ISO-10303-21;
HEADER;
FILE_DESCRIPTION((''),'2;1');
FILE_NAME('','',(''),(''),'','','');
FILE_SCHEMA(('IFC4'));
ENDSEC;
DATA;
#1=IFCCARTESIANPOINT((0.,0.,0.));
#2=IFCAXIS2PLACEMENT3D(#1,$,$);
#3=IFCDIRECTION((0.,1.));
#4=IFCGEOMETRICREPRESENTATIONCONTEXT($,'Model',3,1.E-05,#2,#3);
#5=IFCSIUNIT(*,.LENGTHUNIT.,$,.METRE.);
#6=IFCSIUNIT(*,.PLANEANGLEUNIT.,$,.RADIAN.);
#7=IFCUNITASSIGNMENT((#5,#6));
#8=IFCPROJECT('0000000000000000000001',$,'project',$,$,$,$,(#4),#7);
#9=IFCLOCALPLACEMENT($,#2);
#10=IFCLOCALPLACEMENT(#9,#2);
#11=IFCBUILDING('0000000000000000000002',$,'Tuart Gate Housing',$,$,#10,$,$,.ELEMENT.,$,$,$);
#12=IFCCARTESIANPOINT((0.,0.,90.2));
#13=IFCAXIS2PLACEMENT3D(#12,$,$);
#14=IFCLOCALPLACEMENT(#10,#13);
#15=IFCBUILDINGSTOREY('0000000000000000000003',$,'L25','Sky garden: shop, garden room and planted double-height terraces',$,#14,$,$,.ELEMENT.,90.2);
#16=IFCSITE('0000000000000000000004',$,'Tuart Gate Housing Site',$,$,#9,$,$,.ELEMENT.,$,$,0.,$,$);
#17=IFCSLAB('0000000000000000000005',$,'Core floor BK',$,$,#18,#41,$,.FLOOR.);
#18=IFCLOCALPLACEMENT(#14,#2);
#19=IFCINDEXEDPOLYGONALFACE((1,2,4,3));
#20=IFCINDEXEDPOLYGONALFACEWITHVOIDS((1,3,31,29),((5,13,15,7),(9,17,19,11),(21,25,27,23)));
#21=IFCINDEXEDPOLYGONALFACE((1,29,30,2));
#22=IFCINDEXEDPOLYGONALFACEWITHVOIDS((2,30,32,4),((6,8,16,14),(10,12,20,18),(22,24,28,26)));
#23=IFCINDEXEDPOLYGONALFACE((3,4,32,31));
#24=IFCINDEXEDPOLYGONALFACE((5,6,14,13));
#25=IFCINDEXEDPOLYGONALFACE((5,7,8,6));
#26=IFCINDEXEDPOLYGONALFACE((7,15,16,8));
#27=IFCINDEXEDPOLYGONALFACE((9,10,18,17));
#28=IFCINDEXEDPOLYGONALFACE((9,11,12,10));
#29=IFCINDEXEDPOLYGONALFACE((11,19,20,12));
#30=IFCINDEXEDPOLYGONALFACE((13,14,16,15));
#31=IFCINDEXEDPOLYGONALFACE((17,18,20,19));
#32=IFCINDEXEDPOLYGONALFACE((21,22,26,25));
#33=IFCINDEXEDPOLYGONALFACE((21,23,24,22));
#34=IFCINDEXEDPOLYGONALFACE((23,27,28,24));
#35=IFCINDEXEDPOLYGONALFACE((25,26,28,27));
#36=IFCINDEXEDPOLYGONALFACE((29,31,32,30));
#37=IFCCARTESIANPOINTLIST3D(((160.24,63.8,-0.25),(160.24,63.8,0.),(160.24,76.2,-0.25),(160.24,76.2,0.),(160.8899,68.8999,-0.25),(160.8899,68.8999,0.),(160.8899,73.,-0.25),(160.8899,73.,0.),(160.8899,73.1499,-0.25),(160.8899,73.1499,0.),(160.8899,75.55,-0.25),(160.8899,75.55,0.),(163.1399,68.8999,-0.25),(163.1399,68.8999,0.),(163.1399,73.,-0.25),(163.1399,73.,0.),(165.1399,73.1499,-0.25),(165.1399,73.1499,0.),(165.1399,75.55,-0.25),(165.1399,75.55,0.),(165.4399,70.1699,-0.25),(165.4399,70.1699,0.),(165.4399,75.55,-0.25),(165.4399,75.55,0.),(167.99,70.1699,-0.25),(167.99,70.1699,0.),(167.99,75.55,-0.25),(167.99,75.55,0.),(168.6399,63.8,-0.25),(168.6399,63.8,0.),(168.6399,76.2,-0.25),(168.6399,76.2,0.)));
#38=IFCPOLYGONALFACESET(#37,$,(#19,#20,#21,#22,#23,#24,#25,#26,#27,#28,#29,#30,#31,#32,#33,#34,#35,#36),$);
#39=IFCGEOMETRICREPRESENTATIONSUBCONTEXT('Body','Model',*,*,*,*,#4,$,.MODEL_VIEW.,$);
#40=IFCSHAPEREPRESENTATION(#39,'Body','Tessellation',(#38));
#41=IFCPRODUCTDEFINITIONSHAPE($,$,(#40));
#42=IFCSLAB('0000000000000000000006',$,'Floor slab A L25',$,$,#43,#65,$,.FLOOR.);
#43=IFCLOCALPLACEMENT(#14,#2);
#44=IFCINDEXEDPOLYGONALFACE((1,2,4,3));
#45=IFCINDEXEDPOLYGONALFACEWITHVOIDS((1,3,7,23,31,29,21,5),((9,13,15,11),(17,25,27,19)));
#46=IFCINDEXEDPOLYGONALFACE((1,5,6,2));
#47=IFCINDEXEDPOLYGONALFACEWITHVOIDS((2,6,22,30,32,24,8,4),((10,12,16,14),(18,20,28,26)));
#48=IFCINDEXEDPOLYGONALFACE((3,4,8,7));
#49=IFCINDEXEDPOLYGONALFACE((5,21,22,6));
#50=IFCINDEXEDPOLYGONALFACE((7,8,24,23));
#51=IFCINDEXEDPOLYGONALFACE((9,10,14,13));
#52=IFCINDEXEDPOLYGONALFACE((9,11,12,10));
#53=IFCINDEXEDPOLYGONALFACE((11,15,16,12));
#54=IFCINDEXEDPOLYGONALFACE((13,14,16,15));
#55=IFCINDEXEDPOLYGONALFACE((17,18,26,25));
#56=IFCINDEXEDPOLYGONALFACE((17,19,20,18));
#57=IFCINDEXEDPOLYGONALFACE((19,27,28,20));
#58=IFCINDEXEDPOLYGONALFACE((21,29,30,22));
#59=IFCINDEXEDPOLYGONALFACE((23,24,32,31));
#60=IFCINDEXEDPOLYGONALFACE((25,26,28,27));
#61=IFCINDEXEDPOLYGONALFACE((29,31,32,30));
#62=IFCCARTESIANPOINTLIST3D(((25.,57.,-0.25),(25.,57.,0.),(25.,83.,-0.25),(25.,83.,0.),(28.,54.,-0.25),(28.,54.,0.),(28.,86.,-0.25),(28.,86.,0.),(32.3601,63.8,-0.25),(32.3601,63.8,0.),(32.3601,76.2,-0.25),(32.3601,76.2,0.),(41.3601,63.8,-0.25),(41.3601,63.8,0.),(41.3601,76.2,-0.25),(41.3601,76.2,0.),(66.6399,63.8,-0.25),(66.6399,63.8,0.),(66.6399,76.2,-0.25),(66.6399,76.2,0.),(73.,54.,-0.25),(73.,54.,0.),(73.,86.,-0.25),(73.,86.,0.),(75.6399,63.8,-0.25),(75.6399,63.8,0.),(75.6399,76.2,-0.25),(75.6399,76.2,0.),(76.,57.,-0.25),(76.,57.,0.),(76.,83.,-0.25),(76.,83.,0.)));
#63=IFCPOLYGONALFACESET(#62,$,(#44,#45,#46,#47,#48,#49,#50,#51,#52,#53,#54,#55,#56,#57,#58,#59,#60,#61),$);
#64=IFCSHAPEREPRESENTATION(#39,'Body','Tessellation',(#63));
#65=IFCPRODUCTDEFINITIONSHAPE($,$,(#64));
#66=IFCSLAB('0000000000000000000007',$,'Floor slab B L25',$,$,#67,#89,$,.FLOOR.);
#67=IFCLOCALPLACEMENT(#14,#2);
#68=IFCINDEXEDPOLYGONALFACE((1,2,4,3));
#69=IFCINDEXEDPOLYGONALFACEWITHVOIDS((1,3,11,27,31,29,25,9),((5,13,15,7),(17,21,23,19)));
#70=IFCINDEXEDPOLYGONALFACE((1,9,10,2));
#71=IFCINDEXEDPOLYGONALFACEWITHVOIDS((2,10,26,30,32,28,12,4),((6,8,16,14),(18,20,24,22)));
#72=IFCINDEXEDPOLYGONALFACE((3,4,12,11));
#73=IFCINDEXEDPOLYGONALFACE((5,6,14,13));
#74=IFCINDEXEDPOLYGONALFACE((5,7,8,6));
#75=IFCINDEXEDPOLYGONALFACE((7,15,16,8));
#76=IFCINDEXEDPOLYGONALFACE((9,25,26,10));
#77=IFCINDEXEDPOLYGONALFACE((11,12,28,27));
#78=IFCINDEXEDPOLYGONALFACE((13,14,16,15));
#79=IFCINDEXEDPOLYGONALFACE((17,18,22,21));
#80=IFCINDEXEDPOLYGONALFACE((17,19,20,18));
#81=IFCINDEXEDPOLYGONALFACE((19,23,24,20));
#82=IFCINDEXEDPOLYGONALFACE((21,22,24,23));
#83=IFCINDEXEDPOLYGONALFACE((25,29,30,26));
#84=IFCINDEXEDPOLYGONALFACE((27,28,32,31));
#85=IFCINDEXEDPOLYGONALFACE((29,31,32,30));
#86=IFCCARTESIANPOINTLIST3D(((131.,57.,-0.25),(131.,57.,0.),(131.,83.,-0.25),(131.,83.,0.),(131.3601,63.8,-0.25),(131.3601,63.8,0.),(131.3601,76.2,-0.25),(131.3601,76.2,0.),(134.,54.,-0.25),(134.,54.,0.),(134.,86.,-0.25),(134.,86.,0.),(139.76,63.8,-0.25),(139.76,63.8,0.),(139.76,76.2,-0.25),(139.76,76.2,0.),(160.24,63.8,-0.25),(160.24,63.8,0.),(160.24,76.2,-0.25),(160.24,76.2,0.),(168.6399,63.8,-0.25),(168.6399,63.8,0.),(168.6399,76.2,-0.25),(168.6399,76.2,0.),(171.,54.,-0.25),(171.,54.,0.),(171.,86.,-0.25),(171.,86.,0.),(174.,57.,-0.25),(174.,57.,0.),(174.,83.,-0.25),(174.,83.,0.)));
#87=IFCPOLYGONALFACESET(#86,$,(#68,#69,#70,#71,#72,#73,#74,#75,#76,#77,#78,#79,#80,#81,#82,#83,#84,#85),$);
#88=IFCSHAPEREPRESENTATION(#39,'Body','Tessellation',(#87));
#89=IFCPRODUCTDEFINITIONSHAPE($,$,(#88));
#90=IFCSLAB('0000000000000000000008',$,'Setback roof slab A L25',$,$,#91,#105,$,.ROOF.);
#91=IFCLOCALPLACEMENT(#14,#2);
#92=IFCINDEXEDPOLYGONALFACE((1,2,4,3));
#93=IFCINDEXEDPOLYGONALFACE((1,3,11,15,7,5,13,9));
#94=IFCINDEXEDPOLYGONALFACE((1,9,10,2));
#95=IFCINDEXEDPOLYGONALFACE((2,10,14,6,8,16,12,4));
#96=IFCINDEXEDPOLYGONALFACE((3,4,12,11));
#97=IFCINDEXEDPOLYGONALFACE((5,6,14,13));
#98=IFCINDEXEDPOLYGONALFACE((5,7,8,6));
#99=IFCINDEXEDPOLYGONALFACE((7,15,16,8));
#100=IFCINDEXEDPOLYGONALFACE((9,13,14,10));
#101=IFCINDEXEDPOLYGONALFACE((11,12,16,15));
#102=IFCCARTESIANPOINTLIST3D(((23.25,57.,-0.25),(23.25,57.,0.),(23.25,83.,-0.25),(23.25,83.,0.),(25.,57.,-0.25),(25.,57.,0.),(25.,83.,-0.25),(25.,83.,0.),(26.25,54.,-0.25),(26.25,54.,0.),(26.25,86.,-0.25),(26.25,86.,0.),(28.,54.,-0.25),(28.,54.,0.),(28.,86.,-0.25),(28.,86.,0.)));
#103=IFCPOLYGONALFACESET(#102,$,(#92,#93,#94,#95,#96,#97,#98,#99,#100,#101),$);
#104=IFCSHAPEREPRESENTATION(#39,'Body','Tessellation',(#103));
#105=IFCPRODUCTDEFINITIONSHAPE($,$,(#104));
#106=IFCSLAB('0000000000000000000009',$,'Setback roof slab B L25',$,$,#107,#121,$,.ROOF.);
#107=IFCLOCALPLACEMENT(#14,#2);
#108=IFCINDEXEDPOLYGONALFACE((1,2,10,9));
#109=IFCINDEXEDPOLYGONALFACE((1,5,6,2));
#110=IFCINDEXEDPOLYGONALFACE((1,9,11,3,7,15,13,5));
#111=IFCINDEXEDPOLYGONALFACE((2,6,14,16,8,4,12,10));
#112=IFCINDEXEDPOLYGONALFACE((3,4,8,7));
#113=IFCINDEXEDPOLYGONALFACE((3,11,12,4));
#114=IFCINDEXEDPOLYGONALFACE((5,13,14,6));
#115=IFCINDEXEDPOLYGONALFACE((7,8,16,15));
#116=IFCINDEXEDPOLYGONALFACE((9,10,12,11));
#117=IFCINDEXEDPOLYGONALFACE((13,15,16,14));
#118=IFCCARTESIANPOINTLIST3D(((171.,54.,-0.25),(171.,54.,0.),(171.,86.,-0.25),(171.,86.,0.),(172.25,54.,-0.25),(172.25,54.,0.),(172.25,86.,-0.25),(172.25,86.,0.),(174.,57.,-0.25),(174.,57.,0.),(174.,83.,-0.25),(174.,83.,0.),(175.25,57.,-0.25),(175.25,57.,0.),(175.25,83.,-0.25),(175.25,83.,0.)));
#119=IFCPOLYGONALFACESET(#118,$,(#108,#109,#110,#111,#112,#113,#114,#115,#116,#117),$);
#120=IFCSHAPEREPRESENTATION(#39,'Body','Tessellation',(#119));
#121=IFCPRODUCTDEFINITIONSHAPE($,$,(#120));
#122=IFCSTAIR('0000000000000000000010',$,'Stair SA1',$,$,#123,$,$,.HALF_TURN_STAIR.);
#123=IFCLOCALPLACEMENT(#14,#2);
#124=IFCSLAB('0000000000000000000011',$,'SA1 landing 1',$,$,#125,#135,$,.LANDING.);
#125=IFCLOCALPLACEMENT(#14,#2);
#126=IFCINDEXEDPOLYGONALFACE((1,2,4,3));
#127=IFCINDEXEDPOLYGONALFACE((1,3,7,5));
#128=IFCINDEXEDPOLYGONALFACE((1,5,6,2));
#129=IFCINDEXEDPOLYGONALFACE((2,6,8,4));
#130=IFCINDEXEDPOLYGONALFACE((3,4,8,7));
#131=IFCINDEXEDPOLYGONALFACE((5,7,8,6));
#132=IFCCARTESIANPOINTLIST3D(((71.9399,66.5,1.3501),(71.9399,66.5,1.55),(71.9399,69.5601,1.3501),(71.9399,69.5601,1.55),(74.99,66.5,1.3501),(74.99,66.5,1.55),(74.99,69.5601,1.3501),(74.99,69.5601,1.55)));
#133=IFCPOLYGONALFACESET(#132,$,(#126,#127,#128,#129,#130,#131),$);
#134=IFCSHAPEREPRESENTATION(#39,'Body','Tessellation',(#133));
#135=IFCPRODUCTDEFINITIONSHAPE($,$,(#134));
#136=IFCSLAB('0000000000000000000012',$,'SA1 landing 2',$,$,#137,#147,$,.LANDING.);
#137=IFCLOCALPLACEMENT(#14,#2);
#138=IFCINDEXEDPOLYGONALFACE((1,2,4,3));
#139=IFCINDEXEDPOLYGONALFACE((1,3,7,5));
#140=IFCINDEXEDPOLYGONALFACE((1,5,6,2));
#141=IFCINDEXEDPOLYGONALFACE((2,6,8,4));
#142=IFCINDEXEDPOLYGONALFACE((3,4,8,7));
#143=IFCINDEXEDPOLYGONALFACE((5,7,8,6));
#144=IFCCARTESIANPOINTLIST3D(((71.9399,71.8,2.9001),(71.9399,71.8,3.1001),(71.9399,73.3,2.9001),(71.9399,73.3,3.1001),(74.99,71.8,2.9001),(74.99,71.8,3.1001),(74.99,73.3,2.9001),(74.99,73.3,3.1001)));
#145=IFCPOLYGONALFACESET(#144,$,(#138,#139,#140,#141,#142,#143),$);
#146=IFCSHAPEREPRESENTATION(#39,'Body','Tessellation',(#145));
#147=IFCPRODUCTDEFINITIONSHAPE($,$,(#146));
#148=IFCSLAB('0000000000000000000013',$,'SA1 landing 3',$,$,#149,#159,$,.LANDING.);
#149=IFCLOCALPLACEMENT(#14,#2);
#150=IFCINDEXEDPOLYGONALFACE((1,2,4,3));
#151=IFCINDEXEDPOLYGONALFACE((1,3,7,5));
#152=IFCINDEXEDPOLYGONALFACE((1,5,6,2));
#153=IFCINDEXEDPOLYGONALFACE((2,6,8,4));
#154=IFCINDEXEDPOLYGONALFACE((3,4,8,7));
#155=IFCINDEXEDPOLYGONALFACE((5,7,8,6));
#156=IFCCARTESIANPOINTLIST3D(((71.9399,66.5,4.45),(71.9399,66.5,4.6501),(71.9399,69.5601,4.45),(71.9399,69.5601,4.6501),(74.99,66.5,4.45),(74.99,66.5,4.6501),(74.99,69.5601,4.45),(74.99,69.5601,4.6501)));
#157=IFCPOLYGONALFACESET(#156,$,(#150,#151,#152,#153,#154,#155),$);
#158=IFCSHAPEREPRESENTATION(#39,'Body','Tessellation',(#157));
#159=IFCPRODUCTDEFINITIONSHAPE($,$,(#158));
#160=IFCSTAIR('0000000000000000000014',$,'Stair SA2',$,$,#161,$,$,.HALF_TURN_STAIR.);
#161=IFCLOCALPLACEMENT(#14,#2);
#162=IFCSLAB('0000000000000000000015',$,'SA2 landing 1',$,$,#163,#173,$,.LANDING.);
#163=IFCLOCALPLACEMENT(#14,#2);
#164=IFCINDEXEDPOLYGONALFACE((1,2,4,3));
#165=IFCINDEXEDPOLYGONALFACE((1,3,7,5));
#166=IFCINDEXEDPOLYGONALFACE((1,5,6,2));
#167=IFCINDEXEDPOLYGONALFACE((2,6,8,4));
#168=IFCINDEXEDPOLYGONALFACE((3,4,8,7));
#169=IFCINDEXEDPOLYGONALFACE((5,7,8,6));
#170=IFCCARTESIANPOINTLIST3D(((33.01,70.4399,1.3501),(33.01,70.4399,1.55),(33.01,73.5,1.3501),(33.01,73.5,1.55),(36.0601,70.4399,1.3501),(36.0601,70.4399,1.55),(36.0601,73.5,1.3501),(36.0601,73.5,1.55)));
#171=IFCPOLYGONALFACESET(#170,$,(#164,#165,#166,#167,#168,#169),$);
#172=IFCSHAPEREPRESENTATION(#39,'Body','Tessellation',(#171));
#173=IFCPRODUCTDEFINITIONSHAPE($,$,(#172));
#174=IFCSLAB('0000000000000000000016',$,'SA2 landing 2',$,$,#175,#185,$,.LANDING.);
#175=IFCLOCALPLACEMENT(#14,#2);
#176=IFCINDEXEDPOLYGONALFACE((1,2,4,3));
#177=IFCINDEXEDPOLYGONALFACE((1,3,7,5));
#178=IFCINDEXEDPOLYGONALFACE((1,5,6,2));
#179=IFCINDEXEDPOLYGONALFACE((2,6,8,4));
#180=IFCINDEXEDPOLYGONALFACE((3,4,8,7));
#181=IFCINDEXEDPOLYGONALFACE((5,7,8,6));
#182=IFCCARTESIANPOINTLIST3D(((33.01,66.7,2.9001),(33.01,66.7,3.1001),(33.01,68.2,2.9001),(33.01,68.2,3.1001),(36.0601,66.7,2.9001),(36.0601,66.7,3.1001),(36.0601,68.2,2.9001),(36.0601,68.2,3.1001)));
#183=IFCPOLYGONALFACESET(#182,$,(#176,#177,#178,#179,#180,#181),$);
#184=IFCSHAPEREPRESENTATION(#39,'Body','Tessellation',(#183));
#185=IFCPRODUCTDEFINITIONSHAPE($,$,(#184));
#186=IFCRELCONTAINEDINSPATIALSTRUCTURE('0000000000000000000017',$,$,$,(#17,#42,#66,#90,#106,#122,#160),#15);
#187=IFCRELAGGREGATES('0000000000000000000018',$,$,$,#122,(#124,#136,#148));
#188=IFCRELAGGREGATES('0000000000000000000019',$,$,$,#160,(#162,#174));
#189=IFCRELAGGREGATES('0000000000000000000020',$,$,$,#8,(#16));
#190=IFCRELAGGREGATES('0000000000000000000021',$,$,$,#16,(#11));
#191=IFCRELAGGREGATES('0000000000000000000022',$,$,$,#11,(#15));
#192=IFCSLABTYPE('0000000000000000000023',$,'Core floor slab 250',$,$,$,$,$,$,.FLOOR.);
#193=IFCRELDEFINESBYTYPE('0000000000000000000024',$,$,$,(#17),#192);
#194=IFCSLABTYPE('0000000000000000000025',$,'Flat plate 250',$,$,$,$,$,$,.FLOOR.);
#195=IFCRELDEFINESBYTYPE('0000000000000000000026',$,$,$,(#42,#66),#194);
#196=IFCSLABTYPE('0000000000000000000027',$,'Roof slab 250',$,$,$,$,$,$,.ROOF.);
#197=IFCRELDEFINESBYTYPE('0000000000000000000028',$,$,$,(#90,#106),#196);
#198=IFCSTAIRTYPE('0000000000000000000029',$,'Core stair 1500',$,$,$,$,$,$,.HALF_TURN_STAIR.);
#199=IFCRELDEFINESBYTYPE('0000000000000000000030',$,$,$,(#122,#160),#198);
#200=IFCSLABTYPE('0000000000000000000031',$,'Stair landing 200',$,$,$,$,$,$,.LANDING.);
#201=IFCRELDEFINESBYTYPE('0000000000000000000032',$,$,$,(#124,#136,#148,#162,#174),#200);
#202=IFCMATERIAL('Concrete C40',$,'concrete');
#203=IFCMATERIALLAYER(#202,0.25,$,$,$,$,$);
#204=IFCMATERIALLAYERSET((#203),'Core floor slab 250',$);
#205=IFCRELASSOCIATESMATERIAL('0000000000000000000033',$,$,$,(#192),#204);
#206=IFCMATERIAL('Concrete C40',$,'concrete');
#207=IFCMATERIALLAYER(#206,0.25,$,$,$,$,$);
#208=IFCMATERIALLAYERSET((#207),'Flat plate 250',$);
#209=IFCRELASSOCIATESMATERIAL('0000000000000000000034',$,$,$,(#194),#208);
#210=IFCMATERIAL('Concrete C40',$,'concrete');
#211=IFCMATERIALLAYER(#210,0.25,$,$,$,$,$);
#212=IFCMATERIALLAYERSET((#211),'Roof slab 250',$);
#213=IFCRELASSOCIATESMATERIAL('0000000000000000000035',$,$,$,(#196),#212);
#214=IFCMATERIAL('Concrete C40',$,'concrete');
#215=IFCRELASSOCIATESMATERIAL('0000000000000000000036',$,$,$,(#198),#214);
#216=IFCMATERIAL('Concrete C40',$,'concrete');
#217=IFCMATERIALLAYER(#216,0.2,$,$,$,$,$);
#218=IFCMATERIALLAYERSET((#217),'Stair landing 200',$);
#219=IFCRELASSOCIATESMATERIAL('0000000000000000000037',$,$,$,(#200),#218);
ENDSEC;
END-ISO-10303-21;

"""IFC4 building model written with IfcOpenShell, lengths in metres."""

from ifc_helpers import new_model, si_unit, direction, frame, origin, place, context, subcontext, project, spatial, polyline, outline, extrude, material, layer, layer_set, type_object, element, aggregate, save


model = new_model("IFC4")

# Units and contexts
model_context = context("Model", 3, precision=1e-05, world=origin(), true_north=direction((0.0, 1.0)))
body_context = subcontext(model_context, "Body", "Model", "MODEL_VIEW")
ifc_project = project(units=[si_unit("LENGTHUNIT", "METRE"), si_unit("PLANEANGLEUNIT", "RADIAN")], contexts=[model_context])

# Site, building, storey
site_placement = place(None, origin())
site = spatial("IfcSite", under=ifc_project, at=site_placement, Name="Tuart Gate Housing Site", CompositionType="ELEMENT", RefElevation=0.0)
building_placement = place(site_placement, origin())
building = spatial("IfcBuilding", under=site, at=building_placement, Name="Tuart Gate Housing", CompositionType="ELEMENT")
storey_placement = place(building_placement, frame((0.0, 0.0, 90.2)))
storey = spatial("IfcBuildingStorey", under=building, at=storey_placement, Name="L25", Description="Sky garden: shop, garden room and planted double-height terraces", CompositionType="ELEMENT", Elevation=90.2)

# Slabs
ifc_material_1 = material(Name="Concrete C40", Category="concrete")
ifc_layer_1 = layer(ifc_material_1, 0.25)
ifc_layer_set_1 = layer_set([ifc_layer_1], Name="Core floor slab 250")
slab_type_1 = type_object("IfcSlabType", Name="Core floor slab 250", PredefinedType="FLOOR", material=ifc_layer_set_1)
slab_1_placement = place(storey_placement, frame((0.0, 0.0, -0.25)))
element("IfcSlab", 1, at=slab_1_placement, inside=storey, type_object=slab_type_1, Name="Core floor BK", PredefinedType="FLOOR", context=body_context, shape_type="SweptSolid", body=[
    extrude(outline(polyline([(160.24, 63.8), (168.6399, 63.8), (168.6399, 76.2), (160.24, 76.2), (160.24, 63.8)]), holes=[polyline([(160.8899, 73.1499), (165.1399, 73.1499), (165.1399, 75.55), (160.8899, 75.55), (160.8899, 73.1499)]), polyline([(160.8899, 68.8999), (163.1399, 68.8999), (163.1399, 73.0), (160.8899, 73.0), (160.8899, 68.8999)]), polyline([(165.4399, 70.1699), (167.99, 70.1699), (167.99, 75.55), (165.4399, 75.55), (165.4399, 70.1699)])]), origin(), (0.0, 0.0, 1.0), 0.25),
])
ifc_material_2 = material(Name="Concrete C40", Category="concrete")
ifc_layer_2 = layer(ifc_material_2, 0.25)
ifc_layer_set_2 = layer_set([ifc_layer_2], Name="Flat plate 250")
slab_type_2 = type_object("IfcSlabType", Name="Flat plate 250", PredefinedType="FLOOR", material=ifc_layer_set_2)
slab_2_placement = place(storey_placement, frame((0.0, 0.0, -0.25)))
element("IfcSlab", 2, at=slab_2_placement, inside=storey, type_object=slab_type_2, Name="Floor slab A L25", PredefinedType="FLOOR", context=body_context, shape_type="SweptSolid", body=[
    extrude(outline(polyline([(28.0, 86.0), (25.0, 83.0), (25.0, 57.0), (28.0, 54.0), (73.0, 54.0), (76.0, 57.0), (76.0, 83.0), (73.0, 86.0), (28.0, 86.0)]), holes=[polyline([(66.6399, 76.2), (75.6399, 76.2), (75.6399, 63.8), (66.6399, 63.8), (66.6399, 76.2)]), polyline([(41.3601, 76.2), (41.3601, 63.8), (32.3601, 63.8), (32.3601, 76.2), (41.3601, 76.2)])]), origin(), (0.0, 0.0, 1.0), 0.25),
])
slab_3_placement = place(storey_placement, frame((0.0, 0.0, -0.25)))
element("IfcSlab", 3, at=slab_3_placement, inside=storey, type_object=slab_type_2, Name="Floor slab B L25", PredefinedType="FLOOR", context=body_context, shape_type="SweptSolid", body=[
    extrude(outline(polyline([(134.0, 86.0), (131.0, 83.0), (131.0, 57.0), (134.0, 54.0), (171.0, 54.0), (174.0, 57.0), (174.0, 83.0), (171.0, 86.0), (134.0, 86.0)]), holes=[polyline([(131.3601, 76.2), (139.76, 76.2), (139.76, 63.8), (131.3601, 63.8), (131.3601, 76.2)]), polyline([(168.6399, 76.2), (168.6399, 63.8), (160.24, 63.8), (160.24, 76.2), (168.6399, 76.2)])]), origin(), (0.0, 0.0, 1.0), 0.25),
])
ifc_material_3 = material(Name="Concrete C40", Category="concrete")
ifc_layer_3 = layer(ifc_material_3, 0.25)
ifc_layer_set_3 = layer_set([ifc_layer_3], Name="Roof slab 250")
slab_type_3 = type_object("IfcSlabType", Name="Roof slab 250", PredefinedType="ROOF", material=ifc_layer_set_3)
slab_4_placement = place(storey_placement, frame((0.0, 0.0, -0.25)))
element("IfcSlab", 4, at=slab_4_placement, inside=storey, type_object=slab_type_3, Name="Setback roof slab A L25", PredefinedType="ROOF", context=body_context, shape_type="SweptSolid", body=[
    extrude(outline(polyline([(26.25, 54.0), (28.0, 54.0), (25.0, 57.0), (25.0, 83.0), (28.0, 86.0), (26.25, 86.0), (23.25, 83.0), (23.25, 57.0), (26.25, 54.0)])), origin(), (0.0, 0.0, 1.0), 0.25),
])
slab_5_placement = place(storey_placement, frame((0.0, 0.0, -0.25)))
element("IfcSlab", 5, at=slab_5_placement, inside=storey, type_object=slab_type_3, Name="Setback roof slab B L25", PredefinedType="ROOF", context=body_context, shape_type="SweptSolid", body=[
    extrude(outline(polyline([(172.25, 86.0), (171.0, 86.0), (174.0, 83.0), (174.0, 57.0), (171.0, 54.0), (172.25, 54.0), (175.25, 57.0), (175.25, 83.0), (172.25, 86.0)])), origin(), (0.0, 0.0, 1.0), 0.25),
])

# Stairs, slabs
ifc_material_4 = material(Name="Concrete C40", Category="concrete")
stair_type_1 = type_object("IfcStairType", Name="Core stair 1500", PredefinedType="HALF_TURN_STAIR", material=ifc_material_4)
stair_1_placement = place(storey_placement, origin())
stair_1 = element("IfcStair", 6, at=stair_1_placement, inside=storey, type_object=stair_type_1, Name="Stair SA1", PredefinedType="HALF_TURN_STAIR")
ifc_material_5 = material(Name="Concrete C40", Category="concrete")
ifc_layer_4 = layer(ifc_material_5, 0.2)
ifc_layer_set_4 = layer_set([ifc_layer_4], Name="Stair landing 200")
slab_type_4 = type_object("IfcSlabType", Name="Stair landing 200", PredefinedType="LANDING", material=ifc_layer_set_4)
slab_6_placement = place(storey_placement, frame((0.0, 0.0, 1.3501)))
slab_6 = element("IfcSlab", 7, at=slab_6_placement, type_object=slab_type_4, Name="SA1 landing 1", PredefinedType="LANDING", context=body_context, shape_type="SweptSolid", body=[
    extrude(outline(polyline([(71.9399, 66.5), (74.99, 66.5), (74.99, 69.5601), (71.9399, 69.5601), (71.9399, 66.5)])), origin(), (0.0, 0.0, 1.0), 0.2),
])
slab_7_placement = place(storey_placement, frame((0.0, 0.0, 2.9001)))
slab_7 = element("IfcSlab", 8, at=slab_7_placement, type_object=slab_type_4, Name="SA1 landing 2", PredefinedType="LANDING", context=body_context, shape_type="SweptSolid", body=[
    extrude(outline(polyline([(71.9399, 73.3), (71.9399, 71.8), (74.99, 71.8), (74.99, 73.3), (71.9399, 73.3)])), origin(), (0.0, 0.0, 1.0), 0.2),
])
slab_8_placement = place(storey_placement, frame((0.0, 0.0, 4.45)))
slab_8 = element("IfcSlab", 9, at=slab_8_placement, type_object=slab_type_4, Name="SA1 landing 3", PredefinedType="LANDING", context=body_context, shape_type="SweptSolid", body=[
    extrude(outline(polyline([(71.9399, 66.5), (74.99, 66.5), (74.99, 69.5601), (71.9399, 69.5601), (71.9399, 66.5)])), origin(), (0.0, 0.0, 1.0), 0.2002),
])
aggregate(stair_1, [slab_6, slab_7, slab_8])
stair_2_placement = place(storey_placement, origin())
stair_2 = element("IfcStair", 10, at=stair_2_placement, inside=storey, type_object=stair_type_1, Name="Stair SA2", PredefinedType="HALF_TURN_STAIR")
slab_9_placement = place(storey_placement, frame((0.0, 0.0, 1.3501)))
slab_9 = element("IfcSlab", 11, at=slab_9_placement, type_object=slab_type_4, Name="SA2 landing 1", PredefinedType="LANDING", context=body_context, shape_type="SweptSolid", body=[
    extrude(outline(polyline([(36.0601, 73.5), (33.01, 73.5), (33.01, 70.4399), (36.0601, 70.4399), (36.0601, 73.5)])), origin(), (0.0, 0.0, 1.0), 0.2),
])
slab_10_placement = place(storey_placement, frame((0.0, 0.0, 2.9001)))
slab_10 = element("IfcSlab", 12, at=slab_10_placement, type_object=slab_type_4, Name="SA2 landing 2", PredefinedType="LANDING", context=body_context, shape_type="SweptSolid", body=[
    extrude(outline(polyline([(36.0601, 66.7), (36.0601, 68.2), (33.01, 68.2), (33.01, 66.7), (36.0601, 66.7)])), origin(), (0.0, 0.0, 1.0), 0.2),
])
aggregate(stair_2, [slab_9, slab_10])

save(model, "model.ifc")
